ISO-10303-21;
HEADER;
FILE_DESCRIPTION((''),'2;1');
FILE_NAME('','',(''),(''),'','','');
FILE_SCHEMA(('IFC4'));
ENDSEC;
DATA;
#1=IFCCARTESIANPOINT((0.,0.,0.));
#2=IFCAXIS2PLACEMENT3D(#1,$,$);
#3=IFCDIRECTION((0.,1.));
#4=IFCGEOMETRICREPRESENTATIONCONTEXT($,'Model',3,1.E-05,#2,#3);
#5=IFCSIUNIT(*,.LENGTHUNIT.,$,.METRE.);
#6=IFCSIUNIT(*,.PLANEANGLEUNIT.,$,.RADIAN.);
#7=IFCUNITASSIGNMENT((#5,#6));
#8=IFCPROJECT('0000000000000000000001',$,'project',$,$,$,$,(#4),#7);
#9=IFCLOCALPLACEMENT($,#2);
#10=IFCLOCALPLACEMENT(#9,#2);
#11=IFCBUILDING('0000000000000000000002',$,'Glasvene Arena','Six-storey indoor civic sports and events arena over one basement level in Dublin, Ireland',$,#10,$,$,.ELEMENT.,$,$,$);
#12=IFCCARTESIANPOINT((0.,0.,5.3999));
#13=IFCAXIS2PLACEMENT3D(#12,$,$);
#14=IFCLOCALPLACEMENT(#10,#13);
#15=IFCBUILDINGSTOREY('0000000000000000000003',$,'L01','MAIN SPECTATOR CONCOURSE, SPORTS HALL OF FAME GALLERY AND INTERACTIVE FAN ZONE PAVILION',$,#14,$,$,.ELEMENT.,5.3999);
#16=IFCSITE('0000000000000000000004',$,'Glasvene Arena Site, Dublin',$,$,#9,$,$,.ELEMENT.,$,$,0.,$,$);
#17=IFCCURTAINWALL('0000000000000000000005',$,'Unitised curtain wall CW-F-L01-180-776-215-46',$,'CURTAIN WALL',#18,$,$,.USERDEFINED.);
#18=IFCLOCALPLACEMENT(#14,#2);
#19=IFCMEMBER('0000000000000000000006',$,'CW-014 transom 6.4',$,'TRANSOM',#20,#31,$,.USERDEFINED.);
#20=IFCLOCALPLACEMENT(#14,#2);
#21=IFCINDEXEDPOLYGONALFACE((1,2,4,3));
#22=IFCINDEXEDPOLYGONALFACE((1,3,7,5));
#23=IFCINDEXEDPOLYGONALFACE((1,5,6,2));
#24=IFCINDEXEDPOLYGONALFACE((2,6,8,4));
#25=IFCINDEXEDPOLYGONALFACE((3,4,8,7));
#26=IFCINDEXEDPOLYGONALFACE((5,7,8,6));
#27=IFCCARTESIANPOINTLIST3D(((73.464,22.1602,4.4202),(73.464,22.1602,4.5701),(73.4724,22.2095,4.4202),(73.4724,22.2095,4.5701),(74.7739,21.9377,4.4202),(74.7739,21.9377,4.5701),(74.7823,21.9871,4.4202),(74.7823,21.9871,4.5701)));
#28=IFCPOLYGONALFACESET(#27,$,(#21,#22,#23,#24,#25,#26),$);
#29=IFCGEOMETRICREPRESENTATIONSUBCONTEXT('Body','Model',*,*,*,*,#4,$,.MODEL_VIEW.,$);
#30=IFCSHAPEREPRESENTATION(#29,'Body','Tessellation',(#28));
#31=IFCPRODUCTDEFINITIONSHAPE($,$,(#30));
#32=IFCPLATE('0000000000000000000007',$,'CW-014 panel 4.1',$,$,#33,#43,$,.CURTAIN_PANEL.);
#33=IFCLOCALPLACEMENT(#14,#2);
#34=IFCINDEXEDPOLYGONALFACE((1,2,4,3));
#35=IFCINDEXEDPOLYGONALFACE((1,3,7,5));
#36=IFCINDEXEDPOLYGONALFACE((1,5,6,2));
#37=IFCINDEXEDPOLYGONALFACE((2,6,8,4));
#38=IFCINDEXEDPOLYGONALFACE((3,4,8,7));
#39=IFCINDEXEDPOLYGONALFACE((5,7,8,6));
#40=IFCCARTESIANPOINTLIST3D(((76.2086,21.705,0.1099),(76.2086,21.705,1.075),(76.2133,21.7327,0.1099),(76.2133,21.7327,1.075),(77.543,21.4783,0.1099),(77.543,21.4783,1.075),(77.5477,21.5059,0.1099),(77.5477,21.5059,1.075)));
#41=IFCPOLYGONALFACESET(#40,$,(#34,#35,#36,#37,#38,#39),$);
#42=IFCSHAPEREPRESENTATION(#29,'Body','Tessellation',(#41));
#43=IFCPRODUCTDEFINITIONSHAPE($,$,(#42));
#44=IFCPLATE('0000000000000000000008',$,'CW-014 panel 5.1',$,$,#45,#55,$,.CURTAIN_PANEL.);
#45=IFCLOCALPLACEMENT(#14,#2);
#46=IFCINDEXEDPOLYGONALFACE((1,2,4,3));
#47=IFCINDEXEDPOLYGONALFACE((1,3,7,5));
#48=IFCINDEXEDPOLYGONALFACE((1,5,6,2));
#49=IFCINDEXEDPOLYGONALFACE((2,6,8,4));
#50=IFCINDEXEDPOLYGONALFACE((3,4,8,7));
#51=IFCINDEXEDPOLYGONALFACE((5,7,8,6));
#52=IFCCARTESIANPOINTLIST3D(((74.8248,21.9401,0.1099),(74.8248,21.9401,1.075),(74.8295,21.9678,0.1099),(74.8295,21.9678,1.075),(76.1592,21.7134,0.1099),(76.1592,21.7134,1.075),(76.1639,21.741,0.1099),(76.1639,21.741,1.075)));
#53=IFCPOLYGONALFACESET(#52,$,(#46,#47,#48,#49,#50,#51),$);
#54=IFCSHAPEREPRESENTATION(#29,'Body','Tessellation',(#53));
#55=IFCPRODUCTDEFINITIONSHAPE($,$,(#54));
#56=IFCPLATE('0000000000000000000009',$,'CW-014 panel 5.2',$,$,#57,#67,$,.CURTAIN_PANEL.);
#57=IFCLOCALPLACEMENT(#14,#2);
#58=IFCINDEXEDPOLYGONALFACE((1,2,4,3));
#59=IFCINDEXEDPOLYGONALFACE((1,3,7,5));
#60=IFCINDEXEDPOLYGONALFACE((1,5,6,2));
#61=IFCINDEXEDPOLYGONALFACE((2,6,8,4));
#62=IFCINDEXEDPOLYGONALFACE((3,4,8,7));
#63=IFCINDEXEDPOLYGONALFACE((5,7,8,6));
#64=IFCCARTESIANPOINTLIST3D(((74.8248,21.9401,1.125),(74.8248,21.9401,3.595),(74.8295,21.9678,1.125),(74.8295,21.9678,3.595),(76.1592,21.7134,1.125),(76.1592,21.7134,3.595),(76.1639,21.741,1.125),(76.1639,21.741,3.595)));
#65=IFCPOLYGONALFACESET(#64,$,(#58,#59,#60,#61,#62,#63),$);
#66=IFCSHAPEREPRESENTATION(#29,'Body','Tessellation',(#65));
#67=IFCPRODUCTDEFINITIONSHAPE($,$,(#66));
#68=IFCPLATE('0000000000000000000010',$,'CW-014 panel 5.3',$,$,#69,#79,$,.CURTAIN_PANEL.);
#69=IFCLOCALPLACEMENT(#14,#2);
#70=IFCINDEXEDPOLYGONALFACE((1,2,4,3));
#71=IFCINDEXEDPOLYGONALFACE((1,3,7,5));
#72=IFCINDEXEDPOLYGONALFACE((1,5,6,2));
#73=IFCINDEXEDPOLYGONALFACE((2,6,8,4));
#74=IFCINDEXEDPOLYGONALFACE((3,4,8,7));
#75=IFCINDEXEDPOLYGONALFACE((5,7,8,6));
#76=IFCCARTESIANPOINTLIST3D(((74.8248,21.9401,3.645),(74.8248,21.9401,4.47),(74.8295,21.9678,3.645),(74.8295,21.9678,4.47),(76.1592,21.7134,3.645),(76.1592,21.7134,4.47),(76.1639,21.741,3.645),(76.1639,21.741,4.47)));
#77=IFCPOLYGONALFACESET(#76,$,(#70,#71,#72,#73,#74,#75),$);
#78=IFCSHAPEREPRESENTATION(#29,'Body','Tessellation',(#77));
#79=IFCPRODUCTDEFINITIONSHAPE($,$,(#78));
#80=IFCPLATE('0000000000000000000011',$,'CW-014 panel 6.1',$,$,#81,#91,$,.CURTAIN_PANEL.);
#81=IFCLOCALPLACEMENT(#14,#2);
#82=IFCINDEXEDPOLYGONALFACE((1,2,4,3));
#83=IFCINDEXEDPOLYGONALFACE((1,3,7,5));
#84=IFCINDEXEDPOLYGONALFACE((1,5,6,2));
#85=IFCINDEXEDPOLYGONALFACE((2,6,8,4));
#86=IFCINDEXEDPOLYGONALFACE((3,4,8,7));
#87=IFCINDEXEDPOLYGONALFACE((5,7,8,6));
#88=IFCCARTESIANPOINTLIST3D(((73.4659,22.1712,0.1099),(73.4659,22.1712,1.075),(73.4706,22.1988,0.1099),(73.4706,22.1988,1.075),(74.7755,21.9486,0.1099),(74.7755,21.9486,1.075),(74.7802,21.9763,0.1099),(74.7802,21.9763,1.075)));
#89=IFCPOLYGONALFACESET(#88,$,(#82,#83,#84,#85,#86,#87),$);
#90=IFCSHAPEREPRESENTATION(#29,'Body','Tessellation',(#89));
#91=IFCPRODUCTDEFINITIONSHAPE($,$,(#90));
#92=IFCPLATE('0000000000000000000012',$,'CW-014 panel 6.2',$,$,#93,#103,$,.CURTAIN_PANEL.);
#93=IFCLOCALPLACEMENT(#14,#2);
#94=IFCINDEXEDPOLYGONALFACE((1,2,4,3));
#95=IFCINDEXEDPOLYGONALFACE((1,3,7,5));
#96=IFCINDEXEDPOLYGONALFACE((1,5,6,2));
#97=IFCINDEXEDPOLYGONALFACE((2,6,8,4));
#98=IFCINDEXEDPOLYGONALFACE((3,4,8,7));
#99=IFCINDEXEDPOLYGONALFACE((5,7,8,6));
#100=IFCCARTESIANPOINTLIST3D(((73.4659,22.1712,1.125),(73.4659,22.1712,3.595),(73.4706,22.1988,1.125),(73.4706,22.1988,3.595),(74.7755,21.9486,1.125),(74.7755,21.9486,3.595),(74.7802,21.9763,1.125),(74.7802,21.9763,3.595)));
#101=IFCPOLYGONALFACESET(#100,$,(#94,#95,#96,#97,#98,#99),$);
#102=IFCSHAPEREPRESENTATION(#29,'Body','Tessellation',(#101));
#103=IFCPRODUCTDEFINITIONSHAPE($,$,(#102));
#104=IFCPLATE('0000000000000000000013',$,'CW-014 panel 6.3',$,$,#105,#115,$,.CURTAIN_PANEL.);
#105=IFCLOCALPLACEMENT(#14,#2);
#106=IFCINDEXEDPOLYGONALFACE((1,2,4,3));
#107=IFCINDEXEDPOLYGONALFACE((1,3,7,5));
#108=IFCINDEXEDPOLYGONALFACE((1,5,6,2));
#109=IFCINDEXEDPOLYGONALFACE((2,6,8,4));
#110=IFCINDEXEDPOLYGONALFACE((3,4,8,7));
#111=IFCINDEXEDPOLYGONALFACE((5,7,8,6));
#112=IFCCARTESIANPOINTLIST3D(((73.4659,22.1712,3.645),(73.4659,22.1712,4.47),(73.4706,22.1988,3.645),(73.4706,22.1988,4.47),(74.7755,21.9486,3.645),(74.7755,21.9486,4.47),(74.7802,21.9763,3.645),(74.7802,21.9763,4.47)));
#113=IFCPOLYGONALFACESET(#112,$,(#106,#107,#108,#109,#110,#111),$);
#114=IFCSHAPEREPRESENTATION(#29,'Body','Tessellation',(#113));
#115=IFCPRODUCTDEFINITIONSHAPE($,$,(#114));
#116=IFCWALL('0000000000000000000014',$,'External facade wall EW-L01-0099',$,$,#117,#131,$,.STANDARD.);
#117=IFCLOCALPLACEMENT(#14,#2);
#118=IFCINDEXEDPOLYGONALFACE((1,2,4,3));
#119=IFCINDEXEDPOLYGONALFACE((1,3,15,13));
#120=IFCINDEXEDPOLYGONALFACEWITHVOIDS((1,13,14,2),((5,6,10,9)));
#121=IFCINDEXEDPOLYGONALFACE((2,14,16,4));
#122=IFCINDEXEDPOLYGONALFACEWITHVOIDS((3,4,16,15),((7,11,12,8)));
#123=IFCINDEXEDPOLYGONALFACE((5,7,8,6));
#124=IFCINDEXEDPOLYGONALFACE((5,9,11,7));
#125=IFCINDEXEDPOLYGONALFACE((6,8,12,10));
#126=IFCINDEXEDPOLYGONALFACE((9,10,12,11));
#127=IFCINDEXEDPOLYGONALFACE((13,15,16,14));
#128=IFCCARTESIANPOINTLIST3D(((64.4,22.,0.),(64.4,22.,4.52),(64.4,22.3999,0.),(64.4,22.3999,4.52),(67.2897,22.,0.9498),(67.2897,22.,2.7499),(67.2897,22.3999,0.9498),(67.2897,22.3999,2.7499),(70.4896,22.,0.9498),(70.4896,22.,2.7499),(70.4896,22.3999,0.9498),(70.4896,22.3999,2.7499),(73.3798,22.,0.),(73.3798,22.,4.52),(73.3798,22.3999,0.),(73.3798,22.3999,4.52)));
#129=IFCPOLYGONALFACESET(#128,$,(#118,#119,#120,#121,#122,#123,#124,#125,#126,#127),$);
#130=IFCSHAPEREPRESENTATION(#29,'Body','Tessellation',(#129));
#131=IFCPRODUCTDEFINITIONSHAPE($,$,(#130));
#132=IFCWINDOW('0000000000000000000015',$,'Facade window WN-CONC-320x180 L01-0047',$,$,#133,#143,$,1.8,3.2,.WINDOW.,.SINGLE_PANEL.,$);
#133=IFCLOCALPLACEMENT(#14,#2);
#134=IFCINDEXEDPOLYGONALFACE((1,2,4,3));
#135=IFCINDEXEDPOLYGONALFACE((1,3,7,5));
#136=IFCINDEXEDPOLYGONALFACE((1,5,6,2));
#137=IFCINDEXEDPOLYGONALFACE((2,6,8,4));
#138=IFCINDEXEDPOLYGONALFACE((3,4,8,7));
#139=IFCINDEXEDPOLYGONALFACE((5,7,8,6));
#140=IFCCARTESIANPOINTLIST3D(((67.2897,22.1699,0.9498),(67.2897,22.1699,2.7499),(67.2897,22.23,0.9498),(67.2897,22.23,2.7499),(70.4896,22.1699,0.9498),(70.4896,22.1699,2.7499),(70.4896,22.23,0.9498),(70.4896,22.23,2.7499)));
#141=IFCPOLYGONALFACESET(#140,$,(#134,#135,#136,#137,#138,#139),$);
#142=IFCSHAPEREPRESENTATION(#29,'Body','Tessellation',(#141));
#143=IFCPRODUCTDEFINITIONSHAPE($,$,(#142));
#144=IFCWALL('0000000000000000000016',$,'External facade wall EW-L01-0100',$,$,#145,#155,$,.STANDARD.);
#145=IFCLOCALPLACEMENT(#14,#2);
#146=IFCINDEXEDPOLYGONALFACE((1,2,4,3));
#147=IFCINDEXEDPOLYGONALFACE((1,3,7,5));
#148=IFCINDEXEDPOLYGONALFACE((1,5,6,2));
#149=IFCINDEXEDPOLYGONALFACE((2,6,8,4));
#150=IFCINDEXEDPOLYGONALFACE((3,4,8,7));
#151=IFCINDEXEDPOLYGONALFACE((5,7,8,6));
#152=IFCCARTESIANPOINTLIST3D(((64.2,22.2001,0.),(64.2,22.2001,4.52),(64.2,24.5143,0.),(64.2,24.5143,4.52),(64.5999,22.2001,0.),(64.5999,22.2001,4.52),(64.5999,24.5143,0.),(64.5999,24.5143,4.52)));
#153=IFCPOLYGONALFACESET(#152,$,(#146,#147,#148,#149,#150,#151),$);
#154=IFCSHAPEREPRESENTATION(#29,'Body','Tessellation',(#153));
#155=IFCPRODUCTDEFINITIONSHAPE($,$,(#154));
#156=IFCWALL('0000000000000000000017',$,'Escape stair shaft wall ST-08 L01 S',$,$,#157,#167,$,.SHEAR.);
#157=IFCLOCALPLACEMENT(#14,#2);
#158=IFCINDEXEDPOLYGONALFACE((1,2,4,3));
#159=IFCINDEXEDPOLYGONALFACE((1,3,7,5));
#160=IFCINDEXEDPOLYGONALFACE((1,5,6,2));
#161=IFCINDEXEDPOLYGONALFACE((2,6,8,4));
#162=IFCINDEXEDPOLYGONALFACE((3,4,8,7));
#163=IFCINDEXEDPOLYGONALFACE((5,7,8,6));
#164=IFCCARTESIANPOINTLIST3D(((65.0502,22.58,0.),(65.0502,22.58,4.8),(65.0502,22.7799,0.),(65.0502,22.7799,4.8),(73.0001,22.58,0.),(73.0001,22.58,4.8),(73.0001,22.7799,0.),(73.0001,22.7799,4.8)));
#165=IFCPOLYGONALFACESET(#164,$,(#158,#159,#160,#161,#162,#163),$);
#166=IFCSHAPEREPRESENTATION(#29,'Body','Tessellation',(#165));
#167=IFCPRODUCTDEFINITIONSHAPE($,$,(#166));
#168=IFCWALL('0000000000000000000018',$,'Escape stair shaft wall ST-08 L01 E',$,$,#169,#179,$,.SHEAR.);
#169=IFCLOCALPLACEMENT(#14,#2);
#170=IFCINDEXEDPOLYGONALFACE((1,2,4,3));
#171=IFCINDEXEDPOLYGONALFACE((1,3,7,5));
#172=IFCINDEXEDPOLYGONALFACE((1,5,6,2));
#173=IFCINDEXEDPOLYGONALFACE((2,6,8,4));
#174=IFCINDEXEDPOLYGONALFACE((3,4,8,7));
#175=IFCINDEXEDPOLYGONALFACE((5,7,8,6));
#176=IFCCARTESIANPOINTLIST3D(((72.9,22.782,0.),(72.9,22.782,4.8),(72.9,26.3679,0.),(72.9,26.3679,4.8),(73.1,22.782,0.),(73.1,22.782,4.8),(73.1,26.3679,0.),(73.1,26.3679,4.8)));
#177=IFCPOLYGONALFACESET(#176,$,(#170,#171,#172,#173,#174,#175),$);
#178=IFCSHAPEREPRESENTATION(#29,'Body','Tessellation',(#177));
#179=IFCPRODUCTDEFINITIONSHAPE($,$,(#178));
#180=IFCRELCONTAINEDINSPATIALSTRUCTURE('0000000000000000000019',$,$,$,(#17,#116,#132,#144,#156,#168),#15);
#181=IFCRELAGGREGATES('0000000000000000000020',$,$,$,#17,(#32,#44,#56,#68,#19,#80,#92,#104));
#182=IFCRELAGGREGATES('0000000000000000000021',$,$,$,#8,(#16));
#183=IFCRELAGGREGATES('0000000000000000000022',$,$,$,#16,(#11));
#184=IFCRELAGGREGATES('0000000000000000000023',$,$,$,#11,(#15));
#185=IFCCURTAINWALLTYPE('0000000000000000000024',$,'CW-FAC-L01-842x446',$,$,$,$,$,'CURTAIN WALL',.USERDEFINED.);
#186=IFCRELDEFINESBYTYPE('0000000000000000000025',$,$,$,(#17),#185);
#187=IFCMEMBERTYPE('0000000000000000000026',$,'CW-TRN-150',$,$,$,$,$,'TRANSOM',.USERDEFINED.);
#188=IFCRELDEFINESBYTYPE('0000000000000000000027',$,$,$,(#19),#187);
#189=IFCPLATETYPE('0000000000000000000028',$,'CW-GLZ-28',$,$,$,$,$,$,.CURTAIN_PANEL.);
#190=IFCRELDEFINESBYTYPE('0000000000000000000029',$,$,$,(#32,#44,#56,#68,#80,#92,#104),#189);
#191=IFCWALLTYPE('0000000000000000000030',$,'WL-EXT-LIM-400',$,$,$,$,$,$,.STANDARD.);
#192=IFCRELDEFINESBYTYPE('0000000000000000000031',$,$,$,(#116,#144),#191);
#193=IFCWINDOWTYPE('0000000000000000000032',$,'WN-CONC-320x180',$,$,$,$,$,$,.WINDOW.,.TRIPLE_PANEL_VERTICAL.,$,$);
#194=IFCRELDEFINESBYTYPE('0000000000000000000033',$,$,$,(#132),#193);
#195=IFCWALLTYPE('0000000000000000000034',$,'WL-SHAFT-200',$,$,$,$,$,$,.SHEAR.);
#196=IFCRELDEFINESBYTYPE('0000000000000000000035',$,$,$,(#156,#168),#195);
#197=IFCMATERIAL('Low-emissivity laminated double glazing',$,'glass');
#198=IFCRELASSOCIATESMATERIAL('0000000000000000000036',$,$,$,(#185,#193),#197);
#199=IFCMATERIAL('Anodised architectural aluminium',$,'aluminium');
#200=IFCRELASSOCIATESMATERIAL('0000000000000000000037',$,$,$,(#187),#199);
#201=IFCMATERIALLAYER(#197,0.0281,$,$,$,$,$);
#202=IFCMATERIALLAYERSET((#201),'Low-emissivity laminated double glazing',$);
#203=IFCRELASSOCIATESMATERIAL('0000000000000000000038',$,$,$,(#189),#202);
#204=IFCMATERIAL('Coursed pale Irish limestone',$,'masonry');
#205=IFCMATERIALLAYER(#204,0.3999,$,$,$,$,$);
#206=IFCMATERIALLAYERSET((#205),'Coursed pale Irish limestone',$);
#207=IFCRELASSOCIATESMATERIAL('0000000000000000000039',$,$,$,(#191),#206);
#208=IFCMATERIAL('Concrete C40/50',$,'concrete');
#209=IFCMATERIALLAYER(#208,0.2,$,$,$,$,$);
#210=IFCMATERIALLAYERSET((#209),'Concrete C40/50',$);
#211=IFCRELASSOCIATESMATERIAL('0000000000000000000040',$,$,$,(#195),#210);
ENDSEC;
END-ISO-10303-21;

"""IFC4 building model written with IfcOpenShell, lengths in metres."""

from ifc_helpers import new_model, si_unit, direction, frame, frame_2d, origin, origin_2d, place, context, subcontext, project, spatial, rectangle, extrude, material, layer, layer_set, material_profile, profile_set, type_object, element, fill, aggregate, save


model = new_model("IFC4")

# Units and contexts
model_context = context("Model", 3, precision=1e-05, world=origin(), true_north=direction((0.0, 1.0)))
body_context = subcontext(model_context, "Body", "Model", "MODEL_VIEW")
ifc_project = project(units=[si_unit("LENGTHUNIT", "METRE"), si_unit("PLANEANGLEUNIT", "RADIAN")], contexts=[model_context])

# Site, building, storey
site_placement = place(None, origin())
site = spatial("IfcSite", under=ifc_project, at=site_placement, Name="Glasvene Arena Site, Dublin", CompositionType="ELEMENT", RefElevation=0.0)
building_placement = place(site_placement, origin())
building = spatial("IfcBuilding", under=site, at=building_placement, Name="Glasvene Arena", Description="Six-storey indoor civic sports and events arena over one basement level in Dublin, Ireland", CompositionType="ELEMENT")
storey_placement = place(building_placement, frame((0.0, 0.0, 5.3999)))
storey = spatial("IfcBuildingStorey", under=building, at=storey_placement, Name="L01", Description="MAIN SPECTATOR CONCOURSE, SPORTS HALL OF FAME GALLERY AND INTERACTIVE FAN ZONE PAVILION", CompositionType="ELEMENT", Elevation=5.3999)

# Curtain wall
ifc_material_1 = material(Name="Low-emissivity laminated double glazing", Category="glass")
curtain_wall_type_1 = type_object("IfcCurtainWallType", Name="CW-FAC-L01-842x446", ElementType="CURTAIN WALL", PredefinedType="USERDEFINED", material=ifc_material_1)
curtain_wall_1_placement = place(storey_placement, frame((81.7207, 20.7827, 0.0)))
curtain_wall_1 = element("IfcCurtainWall", 1, at=curtain_wall_1_placement, inside=storey, type_object=curtain_wall_type_1, Name="Unitised curtain wall CW-F-L01-180-776-215-46", ObjectType="CURTAIN WALL", PredefinedType="USERDEFINED")
ifc_material_2 = material(Name="Anodised architectural aluminium", Category="aluminium")

# Member
ifc_material_profile_1 = material_profile(ifc_material_2, rectangle(XDim=0.05, YDim=0.1499, at=origin_2d()), Name="ALU TRANSOM 50x150")
ifc_profile_set_1 = profile_set([ifc_material_profile_1], Name="Anodised architectural aluminium")
member_type_1 = type_object("IfcMemberType", Name="CW-TRN-150", ElementType="TRANSOM", PredefinedType="USERDEFINED", material=ifc_profile_set_1)
member_1_placement = place(storey_placement, frame((74.7781, 21.9624, 4.4951), z_axis=(-0.985888, 0.167408, 0.0), x_axis=(-0.167408, -0.985888, 0.0)))
member_1 = element("IfcMember", 2, at=member_1_placement, type_object=member_type_1, Name="CW-014 transom 6.4", ObjectType="TRANSOM", PredefinedType="USERDEFINED", context=body_context, shape_type="SweptSolid", body=[
    extrude(rectangle(XDim=0.05, YDim=0.1499, at=origin_2d()), origin(), (0.0, 0.0, 1.0), 1.3286),
])

# Plates
ifc_layer_1 = layer(ifc_material_1, 0.0281)
ifc_layer_set_1 = layer_set([ifc_layer_1], Name="Low-emissivity laminated double glazing")
plate_type = type_object("IfcPlateType", Name="CW-GLZ-28", PredefinedType="CURTAIN_PANEL", material=ifc_layer_set_1)
plate_1_placement = place(storey_placement, frame((76.8782, 21.6055, 0.1099), z_axis=(0.0, 0.0, 1.0), x_axis=(-0.98587, 0.167514, 0.0)))
plate_1 = element("IfcPlate", 3, at=plate_1_placement, type_object=plate_type, Name="CW-014 panel 4.1", PredefinedType="CURTAIN_PANEL", context=body_context, shape_type="SweptSolid", body=[
    extrude(rectangle(XDim=1.3535, YDim=0.0281, at=origin_2d()), origin(), (0.0, 0.0, 1.0), 0.9651),
])
plate_2_placement = place(storey_placement, frame((75.4944, 21.8406, 0.1099), z_axis=(0.0, 0.0, 1.0), x_axis=(-0.98587, 0.167514, 0.0)))
plate_2 = element("IfcPlate", 4, at=plate_2_placement, type_object=plate_type, Name="CW-014 panel 5.1", PredefinedType="CURTAIN_PANEL", context=body_context, shape_type="SweptSolid", body=[
    extrude(rectangle(XDim=1.3535, YDim=0.0281, at=origin_2d()), origin(), (0.0, 0.0, 1.0), 0.9651),
])
plate_3_placement = place(storey_placement, frame((75.4944, 21.8406, 1.125), z_axis=(0.0, 0.0, 1.0), x_axis=(-0.98587, 0.167514, 0.0)))
plate_3 = element("IfcPlate", 5, at=plate_3_placement, type_object=plate_type, Name="CW-014 panel 5.2", PredefinedType="CURTAIN_PANEL", context=body_context, shape_type="SweptSolid", body=[
    extrude(rectangle(XDim=1.3535, YDim=0.0281, at=origin_2d()), origin(), (0.0, 0.0, 1.0), 2.47),
])
plate_4_placement = place(storey_placement, frame((75.4944, 21.8406, 3.645), z_axis=(0.0, 0.0, 1.0), x_axis=(-0.98587, 0.167514, 0.0)))
plate_4 = element("IfcPlate", 6, at=plate_4_placement, type_object=plate_type, Name="CW-014 panel 5.3", PredefinedType="CURTAIN_PANEL", context=body_context, shape_type="SweptSolid", body=[
    extrude(rectangle(XDim=1.3535, YDim=0.0281, at=origin_2d()), origin(), (0.0, 0.0, 1.0), 0.825),
])
plate_5_placement = place(storey_placement, frame((74.123, 22.0737, 0.1099), z_axis=(0.0, 0.0, 1.0), x_axis=(-0.98587, 0.167514, 0.0)))
plate_5 = element("IfcPlate", 7, at=plate_5_placement, type_object=plate_type, Name="CW-014 panel 6.1", PredefinedType="CURTAIN_PANEL", context=body_context, shape_type="SweptSolid", body=[
    extrude(rectangle(XDim=1.3284, YDim=0.0281, at=origin_2d()), origin(), (0.0, 0.0, 1.0), 0.9651),
])
plate_6_placement = place(storey_placement, frame((74.123, 22.0737, 1.125), z_axis=(0.0, 0.0, 1.0), x_axis=(-0.98587, 0.167514, 0.0)))
plate_6 = element("IfcPlate", 8, at=plate_6_placement, type_object=plate_type, Name="CW-014 panel 6.2", PredefinedType="CURTAIN_PANEL", context=body_context, shape_type="SweptSolid", body=[
    extrude(rectangle(XDim=1.3284, YDim=0.0281, at=origin_2d()), origin(), (0.0, 0.0, 1.0), 2.47),
])
plate_7_placement = place(storey_placement, frame((74.123, 22.0737, 3.645), z_axis=(0.0, 0.0, 1.0), x_axis=(-0.98587, 0.167514, 0.0)))
plate_7 = element("IfcPlate", 9, at=plate_7_placement, type_object=plate_type, Name="CW-014 panel 6.3", PredefinedType="CURTAIN_PANEL", context=body_context, shape_type="SweptSolid", body=[
    extrude(rectangle(XDim=1.3284, YDim=0.0281, at=origin_2d()), origin(), (0.0, 0.0, 1.0), 0.825),
])
aggregate(curtain_wall_1, [plate_1, plate_2, plate_3, plate_4, member_1, plate_5, plate_6, plate_7])

# Wall, opening, window
ifc_material_3 = material(Name="Coursed pale Irish limestone", Category="masonry")
ifc_layer_2 = layer(ifc_material_3, 0.3999)
ifc_layer_set_2 = layer_set([ifc_layer_2], Name="Coursed pale Irish limestone")
wall_type_1 = type_object("IfcWallType", Name="WL-EXT-LIM-400", PredefinedType="STANDARD", material=ifc_layer_set_2)
wall_1_placement = place(storey_placement, frame((73.3796, 22.2, 0.0), z_axis=(0.0, 0.0, 1.0), x_axis=(-1.0, 0.0, 0.0)))
wall_1 = element("IfcWall", 10, at=wall_1_placement, inside=storey, type_object=wall_type_1, Name="External facade wall EW-L01-0099", PredefinedType="STANDARD", context=body_context, shape_type="SweptSolid", body=[
    extrude(rectangle(XDim=8.9797, YDim=0.3999, at=frame_2d((4.4897, 0.0))), origin(), (0.0, 0.0, 1.0), 4.52),
])
opening_1_placement = place(wall_1_placement, frame((2.8899, 0.0, 0.95)))
opening_1 = element("IfcOpeningElement", 11, at=opening_1_placement, cuts=wall_1, PredefinedType="OPENING", context=body_context, shape_type="SweptSolid", body=[
    extrude(rectangle(XDim=3.2, YDim=1.8, at=frame_2d((1.6001, 0.8999))), frame((0.0, 0.21, 0.0), z_axis=(0.0, -1.0, 0.0), x_axis=(1.0, 0.0, 0.0)), (0.0, 0.0, 1.0), 0.4199),
])
window_type = type_object("IfcWindowType", Name="WN-CONC-320x180", PartitioningType="TRIPLE_PANEL_VERTICAL", PredefinedType="WINDOW", material=ifc_material_1)
window_placement = place(opening_1_placement, origin())
window = element("IfcWindow", 12, at=window_placement, inside=storey, type_object=window_type, Name="Facade window WN-CONC-320x180 L01-0047", OverallHeight=1.8, OverallWidth=3.2, PartitioningType="SINGLE_PANEL", PredefinedType="WINDOW", context=body_context, shape_type="SweptSolid", body=[
    extrude(rectangle(XDim=3.2, YDim=1.8, at=frame_2d((1.6001, 0.8999))), frame((0.0, 0.03, 0.0), z_axis=(0.0, -1.0, 0.0), x_axis=(1.0, 0.0, 0.0)), (0.0, 0.0, 1.0), 0.0601),
])
fill(opening_1, window)

# Walls
wall_2_placement = place(storey_placement, frame((64.3999, 22.2, 0.0), z_axis=(0.0, 0.0, 1.0), x_axis=(0.0, 1.0, 0.0)))
element("IfcWall", 13, at=wall_2_placement, inside=storey, type_object=wall_type_1, Name="External facade wall EW-L01-0100", PredefinedType="STANDARD", context=body_context, shape_type="SweptSolid", body=[
    extrude(rectangle(XDim=2.3142, YDim=0.3999, at=frame_2d((1.1572, 0.0))), origin(), (0.0, 0.0, 1.0), 4.52),
])
ifc_material_4 = material(Name="Concrete C40/50", Category="concrete")
ifc_layer_3 = layer(ifc_material_4, 0.2)
ifc_layer_set_3 = layer_set([ifc_layer_3], Name="Concrete C40/50")
wall_type_2 = type_object("IfcWallType", Name="WL-SHAFT-200", PredefinedType="SHEAR", material=ifc_layer_set_3)
wall_3_placement = place(storey_placement, frame((65.05, 22.6799, 0.0), z_axis=(0.0, 0.0, 1.0), x_axis=(1.0, 0.0, 0.0)))
element("IfcWall", 14, at=wall_3_placement, inside=storey, type_object=wall_type_2, Name="Escape stair shaft wall ST-08 L01 S", PredefinedType="SHEAR", context=body_context, shape_type="SweptSolid", body=[
    extrude(rectangle(XDim=7.95, YDim=0.2, at=frame_2d((3.9751, 0.0))), origin(), (0.0, 0.0, 1.0), 4.8),
])

# Wall
wall_4_placement = place(storey_placement, frame((73.0, 22.782, 0.0), z_axis=(0.0, 0.0, 1.0), x_axis=(0.0, 1.0, 0.0)))
element("IfcWall", 15, at=wall_4_placement, inside=storey, type_object=wall_type_2, Name="Escape stair shaft wall ST-08 L01 E", PredefinedType="SHEAR", context=body_context, shape_type="SweptSolid", body=[
    extrude(rectangle(XDim=3.5859, YDim=0.2, at=frame_2d((1.793, 0.0))), origin(), (0.0, 0.0, 1.0), 4.8),
])

save(model, "model.ifc")
